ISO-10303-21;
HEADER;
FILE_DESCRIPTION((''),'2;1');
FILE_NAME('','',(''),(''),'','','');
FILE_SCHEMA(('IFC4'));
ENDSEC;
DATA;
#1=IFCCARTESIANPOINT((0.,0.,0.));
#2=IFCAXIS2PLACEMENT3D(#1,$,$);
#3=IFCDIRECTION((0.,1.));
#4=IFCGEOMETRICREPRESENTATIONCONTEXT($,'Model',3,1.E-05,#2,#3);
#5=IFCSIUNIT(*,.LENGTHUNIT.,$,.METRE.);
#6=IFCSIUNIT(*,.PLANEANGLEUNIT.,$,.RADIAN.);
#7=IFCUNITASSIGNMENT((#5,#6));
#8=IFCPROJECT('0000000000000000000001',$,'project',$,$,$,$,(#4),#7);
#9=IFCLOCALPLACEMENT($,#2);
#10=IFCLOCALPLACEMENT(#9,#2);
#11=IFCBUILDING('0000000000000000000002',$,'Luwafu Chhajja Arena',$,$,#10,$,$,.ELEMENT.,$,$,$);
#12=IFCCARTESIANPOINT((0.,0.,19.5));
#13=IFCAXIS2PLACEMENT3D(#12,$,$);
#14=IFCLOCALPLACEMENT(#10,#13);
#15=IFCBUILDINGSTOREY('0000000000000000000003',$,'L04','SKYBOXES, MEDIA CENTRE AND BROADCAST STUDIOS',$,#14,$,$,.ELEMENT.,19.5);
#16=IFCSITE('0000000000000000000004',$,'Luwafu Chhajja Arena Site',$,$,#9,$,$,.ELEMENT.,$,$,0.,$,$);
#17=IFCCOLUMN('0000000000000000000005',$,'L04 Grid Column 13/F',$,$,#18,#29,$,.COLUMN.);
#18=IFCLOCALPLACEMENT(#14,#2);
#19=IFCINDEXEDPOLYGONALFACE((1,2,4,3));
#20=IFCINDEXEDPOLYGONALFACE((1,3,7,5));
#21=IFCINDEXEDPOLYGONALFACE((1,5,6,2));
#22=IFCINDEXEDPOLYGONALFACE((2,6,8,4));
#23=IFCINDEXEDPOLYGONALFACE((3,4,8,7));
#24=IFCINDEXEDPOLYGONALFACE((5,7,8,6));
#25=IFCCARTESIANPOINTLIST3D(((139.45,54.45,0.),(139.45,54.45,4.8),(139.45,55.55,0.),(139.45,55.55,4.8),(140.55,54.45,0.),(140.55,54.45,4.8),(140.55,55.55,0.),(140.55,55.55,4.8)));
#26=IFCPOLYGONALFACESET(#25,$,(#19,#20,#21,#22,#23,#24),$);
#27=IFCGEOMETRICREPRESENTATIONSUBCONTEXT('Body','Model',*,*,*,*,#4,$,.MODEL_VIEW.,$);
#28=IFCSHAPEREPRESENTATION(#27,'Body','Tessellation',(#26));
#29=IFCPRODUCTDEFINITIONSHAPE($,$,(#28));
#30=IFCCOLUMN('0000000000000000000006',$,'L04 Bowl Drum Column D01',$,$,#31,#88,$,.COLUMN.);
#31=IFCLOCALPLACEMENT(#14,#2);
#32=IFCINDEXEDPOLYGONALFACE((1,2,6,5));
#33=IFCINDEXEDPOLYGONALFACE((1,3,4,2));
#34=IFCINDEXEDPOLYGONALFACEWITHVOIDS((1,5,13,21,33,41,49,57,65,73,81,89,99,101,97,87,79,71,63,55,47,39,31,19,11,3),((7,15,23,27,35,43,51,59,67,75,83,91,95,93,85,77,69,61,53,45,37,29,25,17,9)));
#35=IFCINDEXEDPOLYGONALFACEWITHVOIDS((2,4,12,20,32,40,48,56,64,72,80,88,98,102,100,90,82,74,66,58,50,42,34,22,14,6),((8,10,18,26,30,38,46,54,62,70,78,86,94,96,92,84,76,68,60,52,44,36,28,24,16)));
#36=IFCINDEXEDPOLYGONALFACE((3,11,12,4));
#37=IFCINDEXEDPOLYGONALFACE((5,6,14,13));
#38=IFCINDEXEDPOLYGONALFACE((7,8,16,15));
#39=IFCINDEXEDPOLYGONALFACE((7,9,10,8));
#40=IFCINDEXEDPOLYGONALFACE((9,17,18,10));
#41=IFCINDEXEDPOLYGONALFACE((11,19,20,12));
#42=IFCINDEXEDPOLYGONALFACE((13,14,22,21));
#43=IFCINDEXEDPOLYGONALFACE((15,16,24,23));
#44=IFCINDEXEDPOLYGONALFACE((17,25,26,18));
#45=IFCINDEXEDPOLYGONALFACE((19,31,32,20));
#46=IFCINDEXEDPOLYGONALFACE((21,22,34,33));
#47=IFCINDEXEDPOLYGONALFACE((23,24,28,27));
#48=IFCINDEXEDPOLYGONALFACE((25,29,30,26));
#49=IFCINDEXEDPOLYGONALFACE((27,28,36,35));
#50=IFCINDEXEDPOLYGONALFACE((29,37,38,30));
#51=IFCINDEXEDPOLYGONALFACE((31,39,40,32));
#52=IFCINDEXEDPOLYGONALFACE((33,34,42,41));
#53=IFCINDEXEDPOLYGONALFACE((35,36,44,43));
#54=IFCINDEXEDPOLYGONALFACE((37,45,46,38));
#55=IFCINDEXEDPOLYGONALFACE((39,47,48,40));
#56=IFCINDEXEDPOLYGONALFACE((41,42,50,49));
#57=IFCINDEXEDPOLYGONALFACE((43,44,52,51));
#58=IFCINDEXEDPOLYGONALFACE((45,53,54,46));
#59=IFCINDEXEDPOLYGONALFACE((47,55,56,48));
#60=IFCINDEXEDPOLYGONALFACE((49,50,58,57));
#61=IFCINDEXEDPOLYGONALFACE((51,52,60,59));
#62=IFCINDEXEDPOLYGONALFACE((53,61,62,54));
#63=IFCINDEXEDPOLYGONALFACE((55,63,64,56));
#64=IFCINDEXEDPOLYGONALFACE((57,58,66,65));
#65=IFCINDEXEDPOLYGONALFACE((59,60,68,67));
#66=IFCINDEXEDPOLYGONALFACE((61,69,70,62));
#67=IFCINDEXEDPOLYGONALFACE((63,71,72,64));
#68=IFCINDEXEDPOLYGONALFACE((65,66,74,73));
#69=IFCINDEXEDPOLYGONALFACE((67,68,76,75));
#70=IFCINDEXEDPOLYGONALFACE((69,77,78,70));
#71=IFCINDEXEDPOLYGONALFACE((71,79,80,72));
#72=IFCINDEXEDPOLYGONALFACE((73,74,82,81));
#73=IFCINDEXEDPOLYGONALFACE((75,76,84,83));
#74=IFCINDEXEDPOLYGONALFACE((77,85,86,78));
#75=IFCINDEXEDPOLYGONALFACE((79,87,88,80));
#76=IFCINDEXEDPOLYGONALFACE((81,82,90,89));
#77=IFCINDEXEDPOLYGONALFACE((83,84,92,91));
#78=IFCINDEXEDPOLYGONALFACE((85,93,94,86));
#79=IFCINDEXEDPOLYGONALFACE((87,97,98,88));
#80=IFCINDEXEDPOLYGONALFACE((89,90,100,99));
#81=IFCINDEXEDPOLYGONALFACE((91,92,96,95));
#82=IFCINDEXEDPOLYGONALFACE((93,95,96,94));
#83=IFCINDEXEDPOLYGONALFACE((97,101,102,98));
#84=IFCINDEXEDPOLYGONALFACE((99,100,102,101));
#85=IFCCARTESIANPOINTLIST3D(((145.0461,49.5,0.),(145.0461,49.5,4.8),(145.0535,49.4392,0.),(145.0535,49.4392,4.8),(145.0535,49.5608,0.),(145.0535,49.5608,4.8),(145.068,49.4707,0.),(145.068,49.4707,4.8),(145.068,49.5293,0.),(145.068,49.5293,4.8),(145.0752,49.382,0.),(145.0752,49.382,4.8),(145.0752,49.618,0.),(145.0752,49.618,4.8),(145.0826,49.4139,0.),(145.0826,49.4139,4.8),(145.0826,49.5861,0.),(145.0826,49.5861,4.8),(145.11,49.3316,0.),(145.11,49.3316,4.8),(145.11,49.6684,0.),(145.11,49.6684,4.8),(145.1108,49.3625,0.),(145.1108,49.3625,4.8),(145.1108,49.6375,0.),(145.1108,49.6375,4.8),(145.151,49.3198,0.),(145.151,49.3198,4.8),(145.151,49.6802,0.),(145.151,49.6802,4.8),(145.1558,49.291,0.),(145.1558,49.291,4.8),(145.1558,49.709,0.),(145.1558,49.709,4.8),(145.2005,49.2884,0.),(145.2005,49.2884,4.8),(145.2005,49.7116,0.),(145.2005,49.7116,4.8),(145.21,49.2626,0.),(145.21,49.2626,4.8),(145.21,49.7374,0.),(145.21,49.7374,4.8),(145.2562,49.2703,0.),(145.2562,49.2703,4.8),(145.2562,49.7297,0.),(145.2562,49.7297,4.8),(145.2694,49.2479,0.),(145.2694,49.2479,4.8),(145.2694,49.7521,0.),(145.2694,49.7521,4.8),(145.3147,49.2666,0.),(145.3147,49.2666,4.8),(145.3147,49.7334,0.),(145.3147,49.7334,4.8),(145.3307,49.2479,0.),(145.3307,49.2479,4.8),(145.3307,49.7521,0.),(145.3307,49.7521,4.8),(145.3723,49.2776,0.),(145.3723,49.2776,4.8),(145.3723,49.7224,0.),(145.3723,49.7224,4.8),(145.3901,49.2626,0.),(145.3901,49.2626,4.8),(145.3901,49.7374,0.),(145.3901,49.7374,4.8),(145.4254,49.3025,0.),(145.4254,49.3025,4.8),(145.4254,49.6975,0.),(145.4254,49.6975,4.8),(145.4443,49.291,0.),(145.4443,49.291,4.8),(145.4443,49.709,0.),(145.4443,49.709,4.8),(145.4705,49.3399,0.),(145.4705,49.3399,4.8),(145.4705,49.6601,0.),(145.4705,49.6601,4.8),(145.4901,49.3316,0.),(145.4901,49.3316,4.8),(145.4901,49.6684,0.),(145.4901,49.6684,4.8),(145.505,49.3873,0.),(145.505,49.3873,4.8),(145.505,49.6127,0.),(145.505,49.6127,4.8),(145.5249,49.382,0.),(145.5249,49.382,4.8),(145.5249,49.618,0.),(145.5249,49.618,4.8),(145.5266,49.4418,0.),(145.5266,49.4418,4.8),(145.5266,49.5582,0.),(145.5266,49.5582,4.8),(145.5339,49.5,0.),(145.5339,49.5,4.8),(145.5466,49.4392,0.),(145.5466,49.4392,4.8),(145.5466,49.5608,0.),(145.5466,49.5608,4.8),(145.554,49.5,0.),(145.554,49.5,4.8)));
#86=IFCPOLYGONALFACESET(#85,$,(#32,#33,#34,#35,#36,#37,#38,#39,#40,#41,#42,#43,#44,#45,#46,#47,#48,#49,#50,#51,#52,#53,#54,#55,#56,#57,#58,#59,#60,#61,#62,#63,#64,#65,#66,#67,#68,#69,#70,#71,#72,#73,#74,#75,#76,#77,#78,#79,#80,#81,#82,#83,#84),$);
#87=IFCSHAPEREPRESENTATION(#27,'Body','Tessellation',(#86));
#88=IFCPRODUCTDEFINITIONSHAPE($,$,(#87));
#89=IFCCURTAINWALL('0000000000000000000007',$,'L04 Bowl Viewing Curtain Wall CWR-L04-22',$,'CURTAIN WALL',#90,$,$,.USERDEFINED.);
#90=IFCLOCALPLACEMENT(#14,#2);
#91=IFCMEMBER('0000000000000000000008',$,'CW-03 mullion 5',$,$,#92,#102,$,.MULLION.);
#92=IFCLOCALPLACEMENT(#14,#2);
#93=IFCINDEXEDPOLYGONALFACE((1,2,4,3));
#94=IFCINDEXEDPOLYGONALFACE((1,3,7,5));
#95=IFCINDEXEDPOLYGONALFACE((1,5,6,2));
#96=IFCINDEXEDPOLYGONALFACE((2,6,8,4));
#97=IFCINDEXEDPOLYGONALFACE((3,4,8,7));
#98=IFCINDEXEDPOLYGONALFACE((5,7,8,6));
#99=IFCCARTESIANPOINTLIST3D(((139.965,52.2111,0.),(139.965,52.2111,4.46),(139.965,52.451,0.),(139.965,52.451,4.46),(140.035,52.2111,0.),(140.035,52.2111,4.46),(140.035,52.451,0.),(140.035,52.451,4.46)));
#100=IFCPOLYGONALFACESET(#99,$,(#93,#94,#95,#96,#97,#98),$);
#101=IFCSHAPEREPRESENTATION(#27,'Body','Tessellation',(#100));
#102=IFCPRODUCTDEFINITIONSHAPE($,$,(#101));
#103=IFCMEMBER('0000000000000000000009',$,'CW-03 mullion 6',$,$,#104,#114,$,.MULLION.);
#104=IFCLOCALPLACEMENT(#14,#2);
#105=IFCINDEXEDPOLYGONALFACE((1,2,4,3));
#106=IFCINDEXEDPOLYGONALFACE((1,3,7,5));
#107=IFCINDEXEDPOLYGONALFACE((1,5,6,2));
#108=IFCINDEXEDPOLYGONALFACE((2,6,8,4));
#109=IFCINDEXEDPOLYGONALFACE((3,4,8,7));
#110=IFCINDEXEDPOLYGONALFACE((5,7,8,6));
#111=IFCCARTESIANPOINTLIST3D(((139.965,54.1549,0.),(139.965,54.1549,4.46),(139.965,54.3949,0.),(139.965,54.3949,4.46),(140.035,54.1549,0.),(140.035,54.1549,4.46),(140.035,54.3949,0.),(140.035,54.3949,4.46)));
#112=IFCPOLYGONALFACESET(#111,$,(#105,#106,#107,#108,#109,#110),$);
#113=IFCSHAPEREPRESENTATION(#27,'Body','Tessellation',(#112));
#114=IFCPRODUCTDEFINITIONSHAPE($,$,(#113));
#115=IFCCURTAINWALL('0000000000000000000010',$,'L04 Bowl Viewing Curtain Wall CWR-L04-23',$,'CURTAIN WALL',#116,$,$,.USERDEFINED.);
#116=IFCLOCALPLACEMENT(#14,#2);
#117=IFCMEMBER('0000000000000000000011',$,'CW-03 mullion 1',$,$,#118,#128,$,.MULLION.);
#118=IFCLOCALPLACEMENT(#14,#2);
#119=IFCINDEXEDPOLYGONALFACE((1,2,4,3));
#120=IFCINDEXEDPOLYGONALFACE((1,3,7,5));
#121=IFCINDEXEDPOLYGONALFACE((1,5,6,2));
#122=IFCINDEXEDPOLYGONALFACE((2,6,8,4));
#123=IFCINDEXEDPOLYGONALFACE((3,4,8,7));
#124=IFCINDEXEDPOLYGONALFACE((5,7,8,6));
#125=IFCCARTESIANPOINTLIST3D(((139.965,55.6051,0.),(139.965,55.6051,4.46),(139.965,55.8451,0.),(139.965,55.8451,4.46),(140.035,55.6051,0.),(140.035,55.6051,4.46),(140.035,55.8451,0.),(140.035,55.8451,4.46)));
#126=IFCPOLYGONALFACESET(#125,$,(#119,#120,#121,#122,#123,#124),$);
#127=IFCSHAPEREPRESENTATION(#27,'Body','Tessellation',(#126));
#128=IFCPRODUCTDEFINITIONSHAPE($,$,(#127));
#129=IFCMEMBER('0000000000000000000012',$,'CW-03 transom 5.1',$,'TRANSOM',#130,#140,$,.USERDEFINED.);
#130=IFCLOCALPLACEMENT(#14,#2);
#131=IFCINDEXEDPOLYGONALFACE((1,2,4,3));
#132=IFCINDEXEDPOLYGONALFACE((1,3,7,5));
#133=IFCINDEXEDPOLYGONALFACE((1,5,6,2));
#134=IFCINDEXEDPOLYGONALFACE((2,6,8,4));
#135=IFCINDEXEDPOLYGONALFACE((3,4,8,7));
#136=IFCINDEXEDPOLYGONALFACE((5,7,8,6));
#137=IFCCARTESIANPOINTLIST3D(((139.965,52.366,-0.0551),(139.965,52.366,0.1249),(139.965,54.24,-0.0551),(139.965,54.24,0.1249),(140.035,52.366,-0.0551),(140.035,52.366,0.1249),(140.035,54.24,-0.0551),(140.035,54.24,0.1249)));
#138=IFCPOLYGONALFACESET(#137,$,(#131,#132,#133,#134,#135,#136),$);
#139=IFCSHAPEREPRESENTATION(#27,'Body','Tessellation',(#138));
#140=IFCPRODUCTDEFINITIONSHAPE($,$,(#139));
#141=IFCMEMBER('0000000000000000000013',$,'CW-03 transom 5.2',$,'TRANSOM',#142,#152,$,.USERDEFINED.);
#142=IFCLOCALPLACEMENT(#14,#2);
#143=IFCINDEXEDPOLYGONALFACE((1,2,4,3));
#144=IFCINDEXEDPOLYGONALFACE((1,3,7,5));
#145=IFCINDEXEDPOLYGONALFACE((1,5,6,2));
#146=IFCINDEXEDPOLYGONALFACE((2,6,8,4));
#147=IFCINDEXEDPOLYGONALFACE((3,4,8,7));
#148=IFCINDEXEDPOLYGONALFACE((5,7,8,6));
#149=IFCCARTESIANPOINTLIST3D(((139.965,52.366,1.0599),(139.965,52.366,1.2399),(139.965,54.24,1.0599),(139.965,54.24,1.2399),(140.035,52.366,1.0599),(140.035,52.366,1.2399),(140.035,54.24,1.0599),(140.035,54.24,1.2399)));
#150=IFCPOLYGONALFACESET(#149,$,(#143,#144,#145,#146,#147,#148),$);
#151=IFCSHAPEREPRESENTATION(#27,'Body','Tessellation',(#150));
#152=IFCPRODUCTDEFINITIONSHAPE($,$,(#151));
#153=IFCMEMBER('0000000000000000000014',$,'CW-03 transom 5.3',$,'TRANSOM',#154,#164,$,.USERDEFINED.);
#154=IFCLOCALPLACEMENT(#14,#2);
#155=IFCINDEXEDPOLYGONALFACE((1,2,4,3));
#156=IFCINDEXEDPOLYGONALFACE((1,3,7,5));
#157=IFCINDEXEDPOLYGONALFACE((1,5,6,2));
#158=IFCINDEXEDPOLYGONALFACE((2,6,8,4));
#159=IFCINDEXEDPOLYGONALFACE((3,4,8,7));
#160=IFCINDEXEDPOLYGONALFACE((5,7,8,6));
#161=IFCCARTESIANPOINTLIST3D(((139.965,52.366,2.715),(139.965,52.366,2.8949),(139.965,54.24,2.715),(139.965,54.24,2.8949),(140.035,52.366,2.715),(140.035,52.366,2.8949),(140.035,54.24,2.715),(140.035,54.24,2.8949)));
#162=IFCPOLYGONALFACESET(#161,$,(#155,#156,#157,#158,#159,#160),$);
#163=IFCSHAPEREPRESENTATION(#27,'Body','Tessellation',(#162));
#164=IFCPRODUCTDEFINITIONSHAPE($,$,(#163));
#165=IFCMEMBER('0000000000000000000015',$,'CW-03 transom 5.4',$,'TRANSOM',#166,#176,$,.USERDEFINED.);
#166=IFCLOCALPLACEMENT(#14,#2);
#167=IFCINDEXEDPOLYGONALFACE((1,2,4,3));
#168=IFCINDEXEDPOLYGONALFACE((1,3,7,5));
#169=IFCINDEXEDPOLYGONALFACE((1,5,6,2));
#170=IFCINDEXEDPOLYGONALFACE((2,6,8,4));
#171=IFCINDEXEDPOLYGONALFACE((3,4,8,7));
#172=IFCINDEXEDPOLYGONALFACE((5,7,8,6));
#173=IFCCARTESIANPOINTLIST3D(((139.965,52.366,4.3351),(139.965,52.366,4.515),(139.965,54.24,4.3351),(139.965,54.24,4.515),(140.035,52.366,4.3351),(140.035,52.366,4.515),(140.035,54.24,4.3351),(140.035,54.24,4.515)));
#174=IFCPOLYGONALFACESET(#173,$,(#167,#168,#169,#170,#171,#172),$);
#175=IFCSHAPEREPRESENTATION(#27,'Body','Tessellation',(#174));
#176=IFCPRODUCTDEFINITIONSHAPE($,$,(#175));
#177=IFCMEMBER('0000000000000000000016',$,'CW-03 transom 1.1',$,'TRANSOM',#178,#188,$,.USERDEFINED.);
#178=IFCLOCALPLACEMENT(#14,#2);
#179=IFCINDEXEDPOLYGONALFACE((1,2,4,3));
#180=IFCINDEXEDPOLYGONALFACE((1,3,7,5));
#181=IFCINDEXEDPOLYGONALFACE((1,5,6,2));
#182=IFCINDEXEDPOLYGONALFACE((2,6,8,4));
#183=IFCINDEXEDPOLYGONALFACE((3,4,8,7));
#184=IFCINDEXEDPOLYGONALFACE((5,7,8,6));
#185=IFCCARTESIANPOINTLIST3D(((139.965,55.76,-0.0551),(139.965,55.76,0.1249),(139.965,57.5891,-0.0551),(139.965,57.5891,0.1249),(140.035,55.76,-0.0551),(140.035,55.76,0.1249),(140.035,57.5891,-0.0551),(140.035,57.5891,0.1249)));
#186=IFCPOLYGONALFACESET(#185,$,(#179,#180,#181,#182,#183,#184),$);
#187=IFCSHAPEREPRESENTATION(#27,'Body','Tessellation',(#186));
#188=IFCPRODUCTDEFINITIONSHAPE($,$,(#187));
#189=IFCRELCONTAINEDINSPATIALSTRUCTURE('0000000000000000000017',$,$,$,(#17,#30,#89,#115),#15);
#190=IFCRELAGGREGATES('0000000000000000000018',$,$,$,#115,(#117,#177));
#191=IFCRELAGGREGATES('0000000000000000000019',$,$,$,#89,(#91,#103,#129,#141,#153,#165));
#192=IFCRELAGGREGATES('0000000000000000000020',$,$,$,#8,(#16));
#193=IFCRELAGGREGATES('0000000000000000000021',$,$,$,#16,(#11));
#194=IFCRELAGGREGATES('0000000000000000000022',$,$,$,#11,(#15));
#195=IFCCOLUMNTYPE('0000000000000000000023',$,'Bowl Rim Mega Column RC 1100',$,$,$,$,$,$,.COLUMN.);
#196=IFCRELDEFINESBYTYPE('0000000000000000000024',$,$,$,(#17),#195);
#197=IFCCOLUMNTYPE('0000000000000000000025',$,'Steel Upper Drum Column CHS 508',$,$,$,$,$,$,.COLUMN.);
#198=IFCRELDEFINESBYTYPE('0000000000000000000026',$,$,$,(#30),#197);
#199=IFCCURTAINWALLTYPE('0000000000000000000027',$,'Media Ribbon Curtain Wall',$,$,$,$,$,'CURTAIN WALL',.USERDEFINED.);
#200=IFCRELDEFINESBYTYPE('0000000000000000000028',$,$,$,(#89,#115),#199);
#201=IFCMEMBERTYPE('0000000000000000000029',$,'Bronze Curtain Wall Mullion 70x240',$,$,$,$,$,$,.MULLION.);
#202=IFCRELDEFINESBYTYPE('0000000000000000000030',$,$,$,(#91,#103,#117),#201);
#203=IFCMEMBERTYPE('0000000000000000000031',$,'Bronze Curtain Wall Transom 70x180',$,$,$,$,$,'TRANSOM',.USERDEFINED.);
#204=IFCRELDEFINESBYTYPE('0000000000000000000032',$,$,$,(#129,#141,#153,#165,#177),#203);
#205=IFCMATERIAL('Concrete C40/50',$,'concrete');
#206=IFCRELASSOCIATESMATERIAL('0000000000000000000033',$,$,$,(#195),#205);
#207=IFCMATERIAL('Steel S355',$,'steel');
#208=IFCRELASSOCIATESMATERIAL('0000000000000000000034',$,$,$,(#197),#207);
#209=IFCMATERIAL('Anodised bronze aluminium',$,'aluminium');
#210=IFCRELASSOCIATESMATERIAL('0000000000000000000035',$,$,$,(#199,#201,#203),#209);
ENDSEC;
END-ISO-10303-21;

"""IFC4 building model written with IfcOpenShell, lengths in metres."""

from ifc_helpers import new_model, si_unit, direction, frame, origin, origin_2d, place, context, subcontext, project, spatial, rectangle, hollow_circle, extrude, material, material_profile, profile_set, type_object, element, aggregate, save


model = new_model("IFC4")

# Units and contexts
model_context = context("Model", 3, precision=1e-05, world=origin(), true_north=direction((0.0, 1.0)))
body_context = subcontext(model_context, "Body", "Model", "MODEL_VIEW")
ifc_project = project(units=[si_unit("LENGTHUNIT", "METRE"), si_unit("PLANEANGLEUNIT", "RADIAN")], contexts=[model_context])

# Site, building, storey
site_placement = place(None, origin())
site = spatial("IfcSite", under=ifc_project, at=site_placement, Name="Luwafu Chhajja Arena Site", CompositionType="ELEMENT", RefElevation=0.0)
building_placement = place(site_placement, origin())
building = spatial("IfcBuilding", under=site, at=building_placement, Name="Luwafu Chhajja Arena", CompositionType="ELEMENT")
storey_placement = place(building_placement, frame((0.0, 0.0, 19.5)))
storey = spatial("IfcBuildingStorey", under=building, at=storey_placement, Name="L04", Description="SKYBOXES, MEDIA CENTRE AND BROADCAST STUDIOS", CompositionType="ELEMENT", Elevation=19.5)

# Columns
ifc_material_1 = material(Name="Concrete C40/50", Category="concrete")
ifc_material_profile_1 = material_profile(ifc_material_1, rectangle(XDim=1.1001, YDim=1.1001, at=origin_2d()), Name="RC 1100x1100")
ifc_profile_set_1 = profile_set([ifc_material_profile_1], Name="Concrete C40/50")
column_type_1 = type_object("IfcColumnType", Name="Bowl Rim Mega Column RC 1100", PredefinedType="COLUMN", material=ifc_profile_set_1)
column_1_placement = place(storey_placement, frame((140.0, 55.0, 0.0), z_axis=(0.0, 0.0, 1.0), x_axis=(1.0, 0.0, 0.0)))
element("IfcColumn", 1, at=column_1_placement, inside=storey, type_object=column_type_1, Name="L04 Grid Column 13/F", PredefinedType="COLUMN", context=body_context, shape_type="SweptSolid", body=[
    extrude(rectangle(XDim=1.1001, YDim=1.1001, at=origin_2d()), origin(), (0.0, 0.0, 1.0), 4.8),
])
ifc_material_2 = material(Name="Steel S355", Category="steel")
ifc_material_profile_2 = material_profile(ifc_material_2, hollow_circle(Radius=0.2539, WallThickness=0.02, at=origin_2d()), Name="CHS 508x20")
ifc_profile_set_2 = profile_set([ifc_material_profile_2], Name="Steel S355")
column_type_2 = type_object("IfcColumnType", Name="Steel Upper Drum Column CHS 508", PredefinedType="COLUMN", material=ifc_profile_set_2)
column_2_placement = place(storey_placement, frame((145.3, 49.5, 0.0), z_axis=(0.0, 0.0, 1.0), x_axis=(1.0, 0.0, 0.0)))
element("IfcColumn", 2, at=column_2_placement, inside=storey, type_object=column_type_2, Name="L04 Bowl Drum Column D01", PredefinedType="COLUMN", context=body_context, shape_type="SweptSolid", body=[
    extrude(hollow_circle(Radius=0.2539, WallThickness=0.02, at=origin_2d()), origin(), (0.0, 0.0, 1.0), 4.8),
])

# Curtain wall, members
ifc_material_3 = material(Name="Anodised bronze aluminium", Category="aluminium")
curtain_wall_type = type_object("IfcCurtainWallType", Name="Media Ribbon Curtain Wall", ElementType="CURTAIN WALL", PredefinedType="USERDEFINED", material=ifc_material_3)
curtain_wall_1_placement = place(storey_placement, origin())
curtain_wall_1 = element("IfcCurtainWall", 3, at=curtain_wall_1_placement, inside=storey, type_object=curtain_wall_type, Name="L04 Bowl Viewing Curtain Wall CWR-L04-22", ObjectType="CURTAIN WALL", PredefinedType="USERDEFINED")
ifc_material_profile_3 = material_profile(ifc_material_3, rectangle(XDim=0.0701, YDim=0.24, at=origin_2d()), Name="CWM 70x240")
ifc_profile_set_3 = profile_set([ifc_material_profile_3], Name="Anodised bronze aluminium")
member_type_1 = type_object("IfcMemberType", Name="Bronze Curtain Wall Mullion 70x240", PredefinedType="MULLION", material=ifc_profile_set_3)
member_1_placement = place(storey_placement, frame((140.0, 52.3311, 0.0), z_axis=(0.0, 0.0, 1.0), x_axis=(-1.0, 0.0, 0.0)))
member_1 = element("IfcMember", 4, at=member_1_placement, type_object=member_type_1, Name="CW-03 mullion 5", PredefinedType="MULLION", context=body_context, shape_type="SweptSolid", body=[
    extrude(rectangle(XDim=0.0701, YDim=0.24, at=origin_2d()), origin(), (0.0, 0.0, 1.0), 4.46),
])
member_2_placement = place(storey_placement, frame((140.0, 54.2749, 0.0), z_axis=(0.0, 0.0, 1.0), x_axis=(-1.0, 0.0, 0.0)))
member_2 = element("IfcMember", 5, at=member_2_placement, type_object=member_type_1, Name="CW-03 mullion 6", PredefinedType="MULLION", context=body_context, shape_type="SweptSolid", body=[
    extrude(rectangle(XDim=0.0701, YDim=0.24, at=origin_2d()), origin(), (0.0, 0.0, 1.0), 4.46),
])

# Curtain wall, member
curtain_wall_2_placement = place(storey_placement, origin())
curtain_wall_2 = element("IfcCurtainWall", 6, at=curtain_wall_2_placement, inside=storey, type_object=curtain_wall_type, Name="L04 Bowl Viewing Curtain Wall CWR-L04-23", ObjectType="CURTAIN WALL", PredefinedType="USERDEFINED")
member_3_placement = place(storey_placement, frame((140.0, 55.7251, 0.0), z_axis=(0.0, 0.0, 1.0), x_axis=(-1.0, 0.0, 0.0)))
member_3 = element("IfcMember", 7, at=member_3_placement, type_object=member_type_1, Name="CW-03 mullion 1", PredefinedType="MULLION", context=body_context, shape_type="SweptSolid", body=[
    extrude(rectangle(XDim=0.0701, YDim=0.24, at=origin_2d()), origin(), (0.0, 0.0, 1.0), 4.46),
])

# Members
ifc_material_profile_4 = material_profile(ifc_material_3, rectangle(XDim=0.0701, YDim=0.1799, at=origin_2d()), Name="CWT 70x180")
ifc_profile_set_4 = profile_set([ifc_material_profile_4], Name="Anodised bronze aluminium")
member_type_2 = type_object("IfcMemberType", Name="Bronze Curtain Wall Transom 70x180", ElementType="TRANSOM", PredefinedType="USERDEFINED", material=ifc_profile_set_4)
member_4_placement = place(storey_placement, frame((140.0, 52.366, 0.0349), z_axis=(0.0, 1.0, 0.0), x_axis=(-1.0, 0.0, 0.0)))
member_4 = element("IfcMember", 8, at=member_4_placement, type_object=member_type_2, Name="CW-03 transom 5.1", ObjectType="TRANSOM", PredefinedType="USERDEFINED", context=body_context, shape_type="SweptSolid", body=[
    extrude(rectangle(XDim=0.0701, YDim=0.1799, at=origin_2d()), origin(), (0.0, 0.0, 1.0), 1.874),
])
member_5_placement = place(storey_placement, frame((140.0, 52.366, 1.1499), z_axis=(0.0, 1.0, 0.0), x_axis=(-1.0, 0.0, 0.0)))
member_5 = element("IfcMember", 9, at=member_5_placement, type_object=member_type_2, Name="CW-03 transom 5.2", ObjectType="TRANSOM", PredefinedType="USERDEFINED", context=body_context, shape_type="SweptSolid", body=[
    extrude(rectangle(XDim=0.0701, YDim=0.1799, at=origin_2d()), origin(), (0.0, 0.0, 1.0), 1.874),
])
member_6_placement = place(storey_placement, frame((140.0, 52.366, 2.8049), z_axis=(0.0, 1.0, 0.0), x_axis=(-1.0, 0.0, 0.0)))
member_6 = element("IfcMember", 10, at=member_6_placement, type_object=member_type_2, Name="CW-03 transom 5.3", ObjectType="TRANSOM", PredefinedType="USERDEFINED", context=body_context, shape_type="SweptSolid", body=[
    extrude(rectangle(XDim=0.0701, YDim=0.1799, at=origin_2d()), origin(), (0.0, 0.0, 1.0), 1.874),
])
member_7_placement = place(storey_placement, frame((140.0, 52.366, 4.425), z_axis=(0.0, 1.0, 0.0), x_axis=(-1.0, 0.0, 0.0)))
member_7 = element("IfcMember", 11, at=member_7_placement, type_object=member_type_2, Name="CW-03 transom 5.4", ObjectType="TRANSOM", PredefinedType="USERDEFINED", context=body_context, shape_type="SweptSolid", body=[
    extrude(rectangle(XDim=0.0701, YDim=0.1799, at=origin_2d()), origin(), (0.0, 0.0, 1.0), 1.874),
])
member_8_placement = place(storey_placement, frame((140.0, 55.76, 0.0349), z_axis=(0.0, 1.0, 0.0), x_axis=(-1.0, 0.0, 0.0)))
member_8 = element("IfcMember", 12, at=member_8_placement, type_object=member_type_2, Name="CW-03 transom 1.1", ObjectType="TRANSOM", PredefinedType="USERDEFINED", context=body_context, shape_type="SweptSolid", body=[
    extrude(rectangle(XDim=0.0701, YDim=0.1799, at=origin_2d()), origin(), (0.0, 0.0, 1.0), 1.8291),
])
aggregate(curtain_wall_2, [member_3, member_8])

aggregate(curtain_wall_1, [member_1, member_2, member_4, member_5, member_6, member_7])

save(model, "model.ifc")
